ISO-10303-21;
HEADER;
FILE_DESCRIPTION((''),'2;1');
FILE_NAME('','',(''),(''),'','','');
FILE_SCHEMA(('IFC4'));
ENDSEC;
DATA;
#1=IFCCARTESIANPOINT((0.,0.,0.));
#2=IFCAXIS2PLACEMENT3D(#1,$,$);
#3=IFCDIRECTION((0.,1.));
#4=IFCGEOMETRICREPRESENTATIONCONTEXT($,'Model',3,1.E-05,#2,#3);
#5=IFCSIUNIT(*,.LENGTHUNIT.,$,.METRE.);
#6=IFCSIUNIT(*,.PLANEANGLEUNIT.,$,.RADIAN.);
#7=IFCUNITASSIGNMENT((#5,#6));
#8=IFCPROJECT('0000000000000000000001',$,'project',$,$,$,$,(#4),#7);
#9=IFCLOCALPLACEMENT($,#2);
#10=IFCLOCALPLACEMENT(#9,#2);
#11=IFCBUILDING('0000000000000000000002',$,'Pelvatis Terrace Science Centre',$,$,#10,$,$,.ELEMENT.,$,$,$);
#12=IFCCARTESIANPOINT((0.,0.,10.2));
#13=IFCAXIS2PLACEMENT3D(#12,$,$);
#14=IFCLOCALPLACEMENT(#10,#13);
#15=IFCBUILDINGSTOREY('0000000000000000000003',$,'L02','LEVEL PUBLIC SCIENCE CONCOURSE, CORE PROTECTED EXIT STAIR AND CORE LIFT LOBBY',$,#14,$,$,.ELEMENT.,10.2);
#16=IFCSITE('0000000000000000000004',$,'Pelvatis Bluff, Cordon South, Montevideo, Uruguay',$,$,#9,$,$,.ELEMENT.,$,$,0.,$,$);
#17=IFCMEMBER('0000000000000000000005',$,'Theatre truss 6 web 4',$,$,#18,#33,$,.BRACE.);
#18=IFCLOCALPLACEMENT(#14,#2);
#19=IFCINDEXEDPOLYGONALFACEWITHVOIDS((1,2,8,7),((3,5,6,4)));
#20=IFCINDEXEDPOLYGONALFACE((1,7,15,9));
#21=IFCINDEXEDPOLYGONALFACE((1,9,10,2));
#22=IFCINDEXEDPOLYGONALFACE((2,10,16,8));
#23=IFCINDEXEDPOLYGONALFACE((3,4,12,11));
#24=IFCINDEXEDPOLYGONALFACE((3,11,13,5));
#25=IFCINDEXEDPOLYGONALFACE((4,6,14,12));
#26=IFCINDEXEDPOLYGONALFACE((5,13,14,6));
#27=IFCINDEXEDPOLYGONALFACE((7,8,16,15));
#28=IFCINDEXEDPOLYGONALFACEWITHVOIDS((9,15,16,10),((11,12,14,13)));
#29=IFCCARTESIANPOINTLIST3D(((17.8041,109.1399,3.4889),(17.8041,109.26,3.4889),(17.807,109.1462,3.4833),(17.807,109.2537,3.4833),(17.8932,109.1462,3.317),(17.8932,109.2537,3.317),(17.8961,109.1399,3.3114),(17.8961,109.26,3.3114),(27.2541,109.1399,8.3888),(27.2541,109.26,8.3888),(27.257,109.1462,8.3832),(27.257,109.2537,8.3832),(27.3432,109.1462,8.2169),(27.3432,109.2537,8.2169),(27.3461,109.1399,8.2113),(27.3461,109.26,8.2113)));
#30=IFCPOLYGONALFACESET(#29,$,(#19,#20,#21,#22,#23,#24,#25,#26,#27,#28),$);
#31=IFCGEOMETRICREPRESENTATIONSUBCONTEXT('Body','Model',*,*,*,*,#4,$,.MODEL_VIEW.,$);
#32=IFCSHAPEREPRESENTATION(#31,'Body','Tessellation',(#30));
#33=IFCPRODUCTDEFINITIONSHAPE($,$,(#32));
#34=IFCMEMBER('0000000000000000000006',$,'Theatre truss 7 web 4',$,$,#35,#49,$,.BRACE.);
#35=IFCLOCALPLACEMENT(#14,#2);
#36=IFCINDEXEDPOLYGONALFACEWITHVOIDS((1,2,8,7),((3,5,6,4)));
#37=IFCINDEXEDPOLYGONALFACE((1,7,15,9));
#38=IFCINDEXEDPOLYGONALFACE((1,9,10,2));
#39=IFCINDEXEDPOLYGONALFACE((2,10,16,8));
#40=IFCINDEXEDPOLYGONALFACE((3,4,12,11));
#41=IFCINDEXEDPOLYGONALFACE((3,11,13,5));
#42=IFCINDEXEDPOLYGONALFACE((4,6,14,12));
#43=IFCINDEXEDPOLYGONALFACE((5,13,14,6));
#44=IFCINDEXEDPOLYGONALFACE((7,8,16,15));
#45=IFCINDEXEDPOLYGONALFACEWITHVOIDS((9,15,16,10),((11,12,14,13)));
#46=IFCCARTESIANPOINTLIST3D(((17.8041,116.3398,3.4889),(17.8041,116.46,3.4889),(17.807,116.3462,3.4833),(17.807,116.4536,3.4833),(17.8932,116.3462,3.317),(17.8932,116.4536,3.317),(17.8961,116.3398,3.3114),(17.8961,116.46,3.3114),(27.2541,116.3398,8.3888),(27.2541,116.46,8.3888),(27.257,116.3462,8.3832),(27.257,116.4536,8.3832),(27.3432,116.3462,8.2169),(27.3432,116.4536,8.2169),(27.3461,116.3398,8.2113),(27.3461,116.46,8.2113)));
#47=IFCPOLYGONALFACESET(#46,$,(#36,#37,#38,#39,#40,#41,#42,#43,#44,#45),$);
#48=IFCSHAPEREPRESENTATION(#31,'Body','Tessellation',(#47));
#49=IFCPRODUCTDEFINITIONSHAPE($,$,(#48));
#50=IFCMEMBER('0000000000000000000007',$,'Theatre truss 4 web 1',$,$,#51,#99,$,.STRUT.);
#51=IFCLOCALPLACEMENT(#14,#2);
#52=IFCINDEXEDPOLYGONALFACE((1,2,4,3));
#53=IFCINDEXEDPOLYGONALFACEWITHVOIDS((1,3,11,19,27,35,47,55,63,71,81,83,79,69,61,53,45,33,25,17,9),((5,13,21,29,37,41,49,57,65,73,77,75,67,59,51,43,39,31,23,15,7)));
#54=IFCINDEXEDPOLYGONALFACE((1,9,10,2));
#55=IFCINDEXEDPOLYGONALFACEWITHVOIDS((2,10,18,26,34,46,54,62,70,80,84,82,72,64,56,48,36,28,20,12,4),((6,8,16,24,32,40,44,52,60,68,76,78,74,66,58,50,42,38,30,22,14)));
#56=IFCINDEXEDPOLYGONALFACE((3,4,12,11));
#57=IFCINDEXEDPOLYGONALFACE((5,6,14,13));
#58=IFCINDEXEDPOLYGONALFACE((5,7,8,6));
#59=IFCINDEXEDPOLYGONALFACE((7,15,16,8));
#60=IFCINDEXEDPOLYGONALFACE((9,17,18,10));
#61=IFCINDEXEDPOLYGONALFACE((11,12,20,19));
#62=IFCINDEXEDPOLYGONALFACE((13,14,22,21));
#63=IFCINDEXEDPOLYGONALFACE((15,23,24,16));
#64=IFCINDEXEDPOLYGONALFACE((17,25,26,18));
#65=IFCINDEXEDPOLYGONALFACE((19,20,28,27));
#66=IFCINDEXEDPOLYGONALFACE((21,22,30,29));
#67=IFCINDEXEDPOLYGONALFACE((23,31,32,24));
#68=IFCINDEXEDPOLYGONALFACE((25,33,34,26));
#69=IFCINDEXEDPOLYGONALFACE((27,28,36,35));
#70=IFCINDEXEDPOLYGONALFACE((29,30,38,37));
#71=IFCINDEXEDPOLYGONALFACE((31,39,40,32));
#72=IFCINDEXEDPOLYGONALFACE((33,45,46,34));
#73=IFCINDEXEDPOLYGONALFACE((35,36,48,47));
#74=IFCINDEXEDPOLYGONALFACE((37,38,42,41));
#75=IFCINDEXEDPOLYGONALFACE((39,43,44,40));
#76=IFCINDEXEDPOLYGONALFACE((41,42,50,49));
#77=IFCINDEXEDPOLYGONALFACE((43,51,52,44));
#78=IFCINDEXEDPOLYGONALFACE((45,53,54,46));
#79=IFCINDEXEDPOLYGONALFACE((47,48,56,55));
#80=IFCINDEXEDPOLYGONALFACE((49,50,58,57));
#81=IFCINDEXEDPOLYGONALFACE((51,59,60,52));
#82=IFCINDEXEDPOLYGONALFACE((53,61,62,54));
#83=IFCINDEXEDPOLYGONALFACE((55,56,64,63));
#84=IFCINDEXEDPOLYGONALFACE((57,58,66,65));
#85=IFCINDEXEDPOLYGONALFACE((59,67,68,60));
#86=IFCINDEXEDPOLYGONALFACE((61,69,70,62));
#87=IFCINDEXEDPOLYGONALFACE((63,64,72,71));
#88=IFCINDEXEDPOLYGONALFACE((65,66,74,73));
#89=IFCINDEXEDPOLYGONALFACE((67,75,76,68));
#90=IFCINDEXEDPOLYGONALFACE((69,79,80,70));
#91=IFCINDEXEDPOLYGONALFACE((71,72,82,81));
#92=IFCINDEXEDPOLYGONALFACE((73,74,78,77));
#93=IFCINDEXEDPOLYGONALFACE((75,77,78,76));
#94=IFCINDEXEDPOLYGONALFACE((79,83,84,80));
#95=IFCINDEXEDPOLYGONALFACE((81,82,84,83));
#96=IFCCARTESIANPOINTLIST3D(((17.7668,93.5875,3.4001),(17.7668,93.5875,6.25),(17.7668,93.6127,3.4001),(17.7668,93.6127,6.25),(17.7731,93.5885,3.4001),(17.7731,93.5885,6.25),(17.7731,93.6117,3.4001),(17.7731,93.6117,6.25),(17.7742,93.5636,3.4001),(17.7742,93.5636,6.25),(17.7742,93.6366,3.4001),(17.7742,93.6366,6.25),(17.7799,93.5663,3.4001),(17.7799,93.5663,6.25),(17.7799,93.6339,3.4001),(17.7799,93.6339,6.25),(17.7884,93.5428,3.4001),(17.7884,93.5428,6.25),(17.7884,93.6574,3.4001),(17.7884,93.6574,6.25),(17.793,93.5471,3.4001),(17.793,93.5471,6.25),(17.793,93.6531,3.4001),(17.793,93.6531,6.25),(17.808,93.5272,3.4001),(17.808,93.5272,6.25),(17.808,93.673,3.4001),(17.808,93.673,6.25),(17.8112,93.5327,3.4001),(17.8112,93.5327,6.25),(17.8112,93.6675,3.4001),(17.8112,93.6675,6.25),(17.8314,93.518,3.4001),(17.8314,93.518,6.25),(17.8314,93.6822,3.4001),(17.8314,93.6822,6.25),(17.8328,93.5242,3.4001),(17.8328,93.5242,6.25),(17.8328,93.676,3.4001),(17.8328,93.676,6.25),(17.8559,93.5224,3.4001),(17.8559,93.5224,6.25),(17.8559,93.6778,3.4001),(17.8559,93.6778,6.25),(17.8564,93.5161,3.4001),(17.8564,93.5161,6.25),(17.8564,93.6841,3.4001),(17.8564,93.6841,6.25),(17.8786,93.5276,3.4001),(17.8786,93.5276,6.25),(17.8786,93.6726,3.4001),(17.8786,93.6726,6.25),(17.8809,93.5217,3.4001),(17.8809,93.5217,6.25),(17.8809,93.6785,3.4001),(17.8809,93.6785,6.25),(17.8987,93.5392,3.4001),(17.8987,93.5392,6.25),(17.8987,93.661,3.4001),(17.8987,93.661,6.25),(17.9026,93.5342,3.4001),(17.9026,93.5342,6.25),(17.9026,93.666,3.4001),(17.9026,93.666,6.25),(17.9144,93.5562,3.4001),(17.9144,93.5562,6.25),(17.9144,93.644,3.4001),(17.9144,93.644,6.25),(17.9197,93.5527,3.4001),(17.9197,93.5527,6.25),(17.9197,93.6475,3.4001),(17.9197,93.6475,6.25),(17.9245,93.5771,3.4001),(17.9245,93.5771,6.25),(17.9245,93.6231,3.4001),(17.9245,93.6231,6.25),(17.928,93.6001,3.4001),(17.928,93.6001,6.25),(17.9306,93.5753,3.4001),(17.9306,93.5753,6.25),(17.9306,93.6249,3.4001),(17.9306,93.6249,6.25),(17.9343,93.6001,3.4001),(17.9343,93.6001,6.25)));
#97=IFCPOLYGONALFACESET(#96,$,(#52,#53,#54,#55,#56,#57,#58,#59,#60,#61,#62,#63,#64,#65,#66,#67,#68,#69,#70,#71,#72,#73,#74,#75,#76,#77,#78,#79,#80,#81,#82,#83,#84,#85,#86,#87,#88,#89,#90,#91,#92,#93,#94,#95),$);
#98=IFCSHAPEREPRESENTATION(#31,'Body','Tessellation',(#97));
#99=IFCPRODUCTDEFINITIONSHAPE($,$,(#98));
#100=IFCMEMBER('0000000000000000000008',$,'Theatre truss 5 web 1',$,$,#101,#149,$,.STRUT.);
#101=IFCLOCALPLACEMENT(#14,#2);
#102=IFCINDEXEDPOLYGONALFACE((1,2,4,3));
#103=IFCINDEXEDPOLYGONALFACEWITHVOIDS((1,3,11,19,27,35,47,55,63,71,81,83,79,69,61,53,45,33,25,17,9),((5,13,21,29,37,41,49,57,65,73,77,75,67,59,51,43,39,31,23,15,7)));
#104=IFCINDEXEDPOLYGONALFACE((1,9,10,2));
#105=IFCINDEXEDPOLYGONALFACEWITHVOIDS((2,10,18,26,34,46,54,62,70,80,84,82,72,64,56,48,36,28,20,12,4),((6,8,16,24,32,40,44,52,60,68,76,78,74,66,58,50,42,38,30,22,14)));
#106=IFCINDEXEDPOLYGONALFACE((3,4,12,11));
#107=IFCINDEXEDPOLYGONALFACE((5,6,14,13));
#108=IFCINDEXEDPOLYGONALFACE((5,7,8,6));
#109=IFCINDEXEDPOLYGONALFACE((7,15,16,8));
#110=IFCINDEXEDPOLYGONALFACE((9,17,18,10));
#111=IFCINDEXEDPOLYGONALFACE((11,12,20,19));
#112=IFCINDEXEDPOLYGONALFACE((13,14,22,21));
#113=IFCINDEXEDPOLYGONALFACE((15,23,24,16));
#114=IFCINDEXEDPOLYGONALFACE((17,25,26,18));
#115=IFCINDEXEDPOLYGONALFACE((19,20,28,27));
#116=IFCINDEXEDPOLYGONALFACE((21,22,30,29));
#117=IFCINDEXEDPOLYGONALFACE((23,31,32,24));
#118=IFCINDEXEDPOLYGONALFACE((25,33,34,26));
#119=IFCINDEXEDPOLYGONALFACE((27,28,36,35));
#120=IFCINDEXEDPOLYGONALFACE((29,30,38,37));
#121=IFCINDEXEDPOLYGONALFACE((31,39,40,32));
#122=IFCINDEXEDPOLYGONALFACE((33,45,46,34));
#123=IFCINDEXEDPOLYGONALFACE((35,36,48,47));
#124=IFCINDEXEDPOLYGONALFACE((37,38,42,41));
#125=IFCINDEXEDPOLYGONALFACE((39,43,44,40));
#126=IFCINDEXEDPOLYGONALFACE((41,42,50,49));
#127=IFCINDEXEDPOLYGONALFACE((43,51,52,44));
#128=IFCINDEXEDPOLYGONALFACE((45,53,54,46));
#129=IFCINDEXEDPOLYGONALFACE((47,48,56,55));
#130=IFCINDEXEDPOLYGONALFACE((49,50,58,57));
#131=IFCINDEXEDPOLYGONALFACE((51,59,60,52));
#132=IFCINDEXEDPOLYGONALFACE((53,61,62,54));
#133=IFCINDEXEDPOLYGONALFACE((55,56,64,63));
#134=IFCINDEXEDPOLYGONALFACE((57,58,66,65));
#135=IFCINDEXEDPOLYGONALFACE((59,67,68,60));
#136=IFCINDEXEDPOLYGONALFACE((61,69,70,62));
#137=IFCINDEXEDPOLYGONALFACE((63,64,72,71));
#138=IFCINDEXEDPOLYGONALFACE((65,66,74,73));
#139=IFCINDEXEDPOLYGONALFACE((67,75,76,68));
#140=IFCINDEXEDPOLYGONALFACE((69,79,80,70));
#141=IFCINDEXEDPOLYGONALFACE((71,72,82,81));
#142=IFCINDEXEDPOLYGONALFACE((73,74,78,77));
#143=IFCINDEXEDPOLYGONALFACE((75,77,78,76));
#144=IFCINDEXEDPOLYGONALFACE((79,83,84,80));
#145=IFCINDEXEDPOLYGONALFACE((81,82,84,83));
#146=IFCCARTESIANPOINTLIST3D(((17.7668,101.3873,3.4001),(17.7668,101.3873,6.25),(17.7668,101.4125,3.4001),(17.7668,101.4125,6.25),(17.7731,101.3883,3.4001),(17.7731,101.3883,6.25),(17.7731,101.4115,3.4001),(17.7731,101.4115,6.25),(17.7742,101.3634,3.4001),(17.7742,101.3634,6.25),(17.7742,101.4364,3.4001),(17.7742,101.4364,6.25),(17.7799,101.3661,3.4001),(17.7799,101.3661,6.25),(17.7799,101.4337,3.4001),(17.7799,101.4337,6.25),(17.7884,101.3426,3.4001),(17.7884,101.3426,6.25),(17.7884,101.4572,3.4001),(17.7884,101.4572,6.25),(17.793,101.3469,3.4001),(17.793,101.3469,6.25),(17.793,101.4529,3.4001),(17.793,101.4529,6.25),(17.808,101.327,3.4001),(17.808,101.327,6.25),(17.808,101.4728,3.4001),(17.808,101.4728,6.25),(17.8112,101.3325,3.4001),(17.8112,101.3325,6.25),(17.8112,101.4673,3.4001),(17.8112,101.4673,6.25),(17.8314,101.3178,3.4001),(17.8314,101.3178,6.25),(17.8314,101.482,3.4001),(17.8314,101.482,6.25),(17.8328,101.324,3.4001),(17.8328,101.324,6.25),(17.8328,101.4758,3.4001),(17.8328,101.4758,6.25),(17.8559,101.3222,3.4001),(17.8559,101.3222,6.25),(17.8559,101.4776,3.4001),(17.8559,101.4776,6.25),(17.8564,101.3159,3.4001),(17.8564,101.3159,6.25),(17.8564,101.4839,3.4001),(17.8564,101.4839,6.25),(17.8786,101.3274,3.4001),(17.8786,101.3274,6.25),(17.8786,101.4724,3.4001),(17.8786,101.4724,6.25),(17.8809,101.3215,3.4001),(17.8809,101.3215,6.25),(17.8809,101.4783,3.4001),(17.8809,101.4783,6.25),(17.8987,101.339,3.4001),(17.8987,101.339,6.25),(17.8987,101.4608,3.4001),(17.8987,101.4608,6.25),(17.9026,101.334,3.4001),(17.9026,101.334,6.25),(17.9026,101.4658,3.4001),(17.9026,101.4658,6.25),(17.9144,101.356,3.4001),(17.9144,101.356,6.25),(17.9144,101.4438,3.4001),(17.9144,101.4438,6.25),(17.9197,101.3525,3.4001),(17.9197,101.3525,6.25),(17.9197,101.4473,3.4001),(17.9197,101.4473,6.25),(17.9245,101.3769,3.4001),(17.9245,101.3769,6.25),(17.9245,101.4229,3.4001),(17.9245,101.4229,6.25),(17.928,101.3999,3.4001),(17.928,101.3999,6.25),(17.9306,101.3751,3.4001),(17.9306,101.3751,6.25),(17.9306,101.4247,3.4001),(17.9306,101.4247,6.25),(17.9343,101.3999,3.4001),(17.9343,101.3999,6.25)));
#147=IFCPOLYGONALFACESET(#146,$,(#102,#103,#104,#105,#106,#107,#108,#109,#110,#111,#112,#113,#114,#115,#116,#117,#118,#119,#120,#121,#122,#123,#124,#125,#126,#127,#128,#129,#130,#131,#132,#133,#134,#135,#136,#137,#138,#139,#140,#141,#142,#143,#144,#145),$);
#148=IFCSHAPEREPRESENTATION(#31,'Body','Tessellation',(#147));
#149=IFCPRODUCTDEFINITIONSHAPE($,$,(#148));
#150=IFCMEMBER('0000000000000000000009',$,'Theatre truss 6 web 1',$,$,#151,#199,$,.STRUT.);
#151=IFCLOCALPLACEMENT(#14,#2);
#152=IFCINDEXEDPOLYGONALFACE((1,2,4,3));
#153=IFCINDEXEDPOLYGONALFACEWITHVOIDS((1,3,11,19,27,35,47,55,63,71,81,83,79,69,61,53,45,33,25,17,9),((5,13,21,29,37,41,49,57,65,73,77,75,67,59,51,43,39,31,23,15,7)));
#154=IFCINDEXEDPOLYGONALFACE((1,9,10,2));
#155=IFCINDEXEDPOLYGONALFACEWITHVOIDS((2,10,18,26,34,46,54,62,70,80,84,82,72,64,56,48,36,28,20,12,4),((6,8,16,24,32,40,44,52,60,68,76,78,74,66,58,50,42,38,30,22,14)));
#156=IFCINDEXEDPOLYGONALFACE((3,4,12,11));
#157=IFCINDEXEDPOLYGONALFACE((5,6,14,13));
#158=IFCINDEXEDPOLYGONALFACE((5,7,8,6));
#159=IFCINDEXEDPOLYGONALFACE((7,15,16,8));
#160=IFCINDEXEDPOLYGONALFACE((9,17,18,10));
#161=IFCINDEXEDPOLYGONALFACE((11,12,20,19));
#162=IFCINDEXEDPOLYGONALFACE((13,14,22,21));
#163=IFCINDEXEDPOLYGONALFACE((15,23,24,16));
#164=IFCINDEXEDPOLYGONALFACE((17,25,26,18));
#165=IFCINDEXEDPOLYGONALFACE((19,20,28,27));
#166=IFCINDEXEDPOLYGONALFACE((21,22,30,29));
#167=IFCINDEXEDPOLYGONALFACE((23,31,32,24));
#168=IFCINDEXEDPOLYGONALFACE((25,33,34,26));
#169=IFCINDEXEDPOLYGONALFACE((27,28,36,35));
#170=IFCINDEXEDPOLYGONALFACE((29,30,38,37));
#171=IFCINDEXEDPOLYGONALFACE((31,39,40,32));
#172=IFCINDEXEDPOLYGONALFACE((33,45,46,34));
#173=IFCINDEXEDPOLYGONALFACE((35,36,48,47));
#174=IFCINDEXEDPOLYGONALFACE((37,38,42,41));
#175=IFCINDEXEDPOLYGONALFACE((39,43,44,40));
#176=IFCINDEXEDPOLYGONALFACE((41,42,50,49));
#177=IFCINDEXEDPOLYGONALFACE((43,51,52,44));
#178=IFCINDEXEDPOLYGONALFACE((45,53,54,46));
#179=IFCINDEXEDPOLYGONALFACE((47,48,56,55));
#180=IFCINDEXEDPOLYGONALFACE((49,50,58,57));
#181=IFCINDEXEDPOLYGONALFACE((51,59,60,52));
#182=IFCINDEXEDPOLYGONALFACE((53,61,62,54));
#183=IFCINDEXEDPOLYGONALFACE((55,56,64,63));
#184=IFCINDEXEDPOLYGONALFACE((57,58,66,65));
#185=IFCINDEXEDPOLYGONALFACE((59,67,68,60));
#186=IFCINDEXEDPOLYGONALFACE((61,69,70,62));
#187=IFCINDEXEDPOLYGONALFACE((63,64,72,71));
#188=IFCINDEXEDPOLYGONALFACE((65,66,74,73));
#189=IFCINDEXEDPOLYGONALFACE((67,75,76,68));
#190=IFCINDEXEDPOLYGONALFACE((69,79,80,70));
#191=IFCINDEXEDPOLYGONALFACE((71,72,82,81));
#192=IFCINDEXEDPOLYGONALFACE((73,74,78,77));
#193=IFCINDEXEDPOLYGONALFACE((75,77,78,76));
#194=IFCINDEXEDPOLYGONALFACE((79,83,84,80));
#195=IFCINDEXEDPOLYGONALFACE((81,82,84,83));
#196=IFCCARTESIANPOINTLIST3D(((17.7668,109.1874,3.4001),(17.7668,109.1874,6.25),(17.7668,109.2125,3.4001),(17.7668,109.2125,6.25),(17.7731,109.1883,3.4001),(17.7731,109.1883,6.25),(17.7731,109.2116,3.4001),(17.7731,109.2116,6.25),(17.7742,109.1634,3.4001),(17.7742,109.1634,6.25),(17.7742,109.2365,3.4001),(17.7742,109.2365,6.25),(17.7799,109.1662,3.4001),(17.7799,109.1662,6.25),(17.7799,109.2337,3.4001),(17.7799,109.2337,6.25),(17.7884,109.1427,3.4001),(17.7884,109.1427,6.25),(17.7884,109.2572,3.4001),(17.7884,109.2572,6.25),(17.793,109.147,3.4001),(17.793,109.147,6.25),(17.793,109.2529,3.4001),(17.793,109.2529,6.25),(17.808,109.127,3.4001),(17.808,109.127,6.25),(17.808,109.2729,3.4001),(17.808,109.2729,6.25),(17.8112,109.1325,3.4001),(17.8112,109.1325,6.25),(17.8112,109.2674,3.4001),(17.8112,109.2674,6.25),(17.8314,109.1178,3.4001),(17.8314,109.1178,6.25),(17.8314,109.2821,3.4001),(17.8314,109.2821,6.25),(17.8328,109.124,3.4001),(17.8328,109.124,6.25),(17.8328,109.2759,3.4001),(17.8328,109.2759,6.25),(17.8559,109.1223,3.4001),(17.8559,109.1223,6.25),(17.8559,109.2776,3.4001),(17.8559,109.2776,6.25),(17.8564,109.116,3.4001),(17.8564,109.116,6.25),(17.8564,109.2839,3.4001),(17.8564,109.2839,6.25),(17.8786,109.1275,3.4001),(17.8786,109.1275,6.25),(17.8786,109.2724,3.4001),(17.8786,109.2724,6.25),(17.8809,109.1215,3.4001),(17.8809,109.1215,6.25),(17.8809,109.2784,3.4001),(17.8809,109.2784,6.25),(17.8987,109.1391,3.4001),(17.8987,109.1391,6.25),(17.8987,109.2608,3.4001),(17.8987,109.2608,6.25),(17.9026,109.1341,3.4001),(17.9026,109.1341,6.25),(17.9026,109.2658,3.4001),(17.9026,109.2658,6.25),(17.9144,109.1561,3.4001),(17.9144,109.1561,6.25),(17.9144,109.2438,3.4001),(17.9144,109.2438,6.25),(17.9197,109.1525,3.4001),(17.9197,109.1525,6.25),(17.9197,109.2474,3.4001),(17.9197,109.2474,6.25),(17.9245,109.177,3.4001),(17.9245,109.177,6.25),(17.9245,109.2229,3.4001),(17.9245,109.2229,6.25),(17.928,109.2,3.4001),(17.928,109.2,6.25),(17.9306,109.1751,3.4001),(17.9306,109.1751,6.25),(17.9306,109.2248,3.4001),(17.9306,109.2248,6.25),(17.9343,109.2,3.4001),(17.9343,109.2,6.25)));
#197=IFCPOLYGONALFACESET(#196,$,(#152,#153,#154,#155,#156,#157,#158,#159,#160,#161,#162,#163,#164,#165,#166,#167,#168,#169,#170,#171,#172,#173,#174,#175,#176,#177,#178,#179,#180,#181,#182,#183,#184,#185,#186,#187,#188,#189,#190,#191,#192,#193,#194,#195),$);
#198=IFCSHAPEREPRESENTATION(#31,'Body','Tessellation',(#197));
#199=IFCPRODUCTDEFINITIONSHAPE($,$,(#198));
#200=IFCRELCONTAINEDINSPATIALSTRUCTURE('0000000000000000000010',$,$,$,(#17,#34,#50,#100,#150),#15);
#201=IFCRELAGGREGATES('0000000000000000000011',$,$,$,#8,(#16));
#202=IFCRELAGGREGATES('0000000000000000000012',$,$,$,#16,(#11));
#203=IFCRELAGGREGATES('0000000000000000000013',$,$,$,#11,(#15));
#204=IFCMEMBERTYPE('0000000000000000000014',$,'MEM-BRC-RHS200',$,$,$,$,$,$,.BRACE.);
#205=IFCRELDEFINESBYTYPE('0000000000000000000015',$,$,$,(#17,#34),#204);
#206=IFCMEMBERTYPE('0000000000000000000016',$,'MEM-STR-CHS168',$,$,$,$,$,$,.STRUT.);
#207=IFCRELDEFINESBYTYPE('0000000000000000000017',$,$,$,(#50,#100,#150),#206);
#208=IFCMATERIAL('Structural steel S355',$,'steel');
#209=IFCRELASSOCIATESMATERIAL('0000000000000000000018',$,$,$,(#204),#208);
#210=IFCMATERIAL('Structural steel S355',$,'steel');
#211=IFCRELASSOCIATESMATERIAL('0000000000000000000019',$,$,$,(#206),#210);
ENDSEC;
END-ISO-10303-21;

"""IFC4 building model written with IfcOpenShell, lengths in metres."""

from ifc_helpers import new_model, si_unit, direction, frame, origin, origin_2d, place, context, subcontext, project, spatial, hollow_rectangle, hollow_circle, extrude, material, material_profile, profile_set, type_object, element, save


model = new_model("IFC4")

# Units and contexts
model_context = context("Model", 3, precision=1e-05, world=origin(), true_north=direction((0.0, 1.0)))
body_context = subcontext(model_context, "Body", "Model", "MODEL_VIEW")
ifc_project = project(units=[si_unit("LENGTHUNIT", "METRE"), si_unit("PLANEANGLEUNIT", "RADIAN")], contexts=[model_context])

# Site, building, storey
site_placement = place(None, origin())
site = spatial("IfcSite", under=ifc_project, at=site_placement, Name="Pelvatis Bluff, Cordon South, Montevideo, Uruguay", CompositionType="ELEMENT", RefElevation=0.0)
building_placement = place(site_placement, origin())
building = spatial("IfcBuilding", under=site, at=building_placement, Name="Pelvatis Terrace Science Centre", CompositionType="ELEMENT")
storey_placement = place(building_placement, frame((0.0, 0.0, 10.2)))
storey = spatial("IfcBuildingStorey", under=building, at=storey_placement, Name="L02", Description="LEVEL PUBLIC SCIENCE CONCOURSE, CORE PROTECTED EXIT STAIR AND CORE LIFT LOBBY", CompositionType="ELEMENT", Elevation=10.2)

# Members
ifc_material_1 = material(Name="Structural steel S355", Category="steel")
ifc_material_profile_1 = material_profile(ifc_material_1, hollow_rectangle(XDim=0.1201, YDim=0.2, WallThickness=0.0063, at=origin_2d()), Name="RHS 200x120x6.3")
ifc_profile_set_1 = profile_set([ifc_material_profile_1], Name="Structural steel S355")
member_type_1 = type_object("IfcMemberType", Name="MEM-BRC-RHS200", PredefinedType="BRACE", material=ifc_profile_set_1)
for number, where, z_axis, x_axis, name in (
    (1, (17.8501, 109.2, 3.4001), (0.887757, 0.0, 0.460312), (0.0, 1.0, 0.0), "Theatre truss 6 web 4"),
    (2, (17.8501, 116.3999, 3.4001), (0.887757, 0.0, 0.460312), (0.0, 1.0, 0.0), "Theatre truss 7 web 4"),
):
    element("IfcMember", number, at=place(storey_placement, frame(where, z_axis=z_axis, x_axis=x_axis)), inside=storey, type_object=member_type_1, Name=name, PredefinedType="BRACE", context=body_context, shape_type="SweptSolid", body=[
        extrude(hollow_rectangle(XDim=0.1201, YDim=0.2, WallThickness=0.0063, at=origin_2d()), origin(), (0.0, 0.0, 1.0), 10.6448),
    ])
ifc_material_2 = material(Name="Structural steel S355", Category="steel")
ifc_material_profile_2 = material_profile(ifc_material_2, hollow_circle(Radius=0.0842, WallThickness=0.0063, at=origin_2d()), Name="CHS 168.3x6.3")
ifc_profile_set_2 = profile_set([ifc_material_profile_2], Name="Structural steel S355")
member_type_2 = type_object("IfcMemberType", Name="MEM-STR-CHS168", PredefinedType="STRUT", material=ifc_profile_set_2)
for number, where, z_axis, x_axis, name in (
    (3, (17.8501, 93.6001, 3.4001), (0.0, 0.0, 1.0), (1.0, 0.0, 0.0), "Theatre truss 4 web 1"),
    (4, (17.8501, 101.3999, 3.4001), (0.0, 0.0, 1.0), (1.0, 0.0, 0.0), "Theatre truss 5 web 1"),
    (5, (17.8501, 109.2, 3.4001), (0.0, 0.0, 1.0), (1.0, 0.0, 0.0), "Theatre truss 6 web 1"),
):
    element("IfcMember", number, at=place(storey_placement, frame(where, z_axis=z_axis, x_axis=x_axis)), inside=storey, type_object=member_type_2, Name=name, PredefinedType="STRUT", context=body_context, shape_type="SweptSolid", body=[
        extrude(hollow_circle(Radius=0.0842, WallThickness=0.0063, at=origin_2d()), origin(), (0.0, 0.0, 1.0), 2.8499),
    ])

save(model, "model.ifc")
